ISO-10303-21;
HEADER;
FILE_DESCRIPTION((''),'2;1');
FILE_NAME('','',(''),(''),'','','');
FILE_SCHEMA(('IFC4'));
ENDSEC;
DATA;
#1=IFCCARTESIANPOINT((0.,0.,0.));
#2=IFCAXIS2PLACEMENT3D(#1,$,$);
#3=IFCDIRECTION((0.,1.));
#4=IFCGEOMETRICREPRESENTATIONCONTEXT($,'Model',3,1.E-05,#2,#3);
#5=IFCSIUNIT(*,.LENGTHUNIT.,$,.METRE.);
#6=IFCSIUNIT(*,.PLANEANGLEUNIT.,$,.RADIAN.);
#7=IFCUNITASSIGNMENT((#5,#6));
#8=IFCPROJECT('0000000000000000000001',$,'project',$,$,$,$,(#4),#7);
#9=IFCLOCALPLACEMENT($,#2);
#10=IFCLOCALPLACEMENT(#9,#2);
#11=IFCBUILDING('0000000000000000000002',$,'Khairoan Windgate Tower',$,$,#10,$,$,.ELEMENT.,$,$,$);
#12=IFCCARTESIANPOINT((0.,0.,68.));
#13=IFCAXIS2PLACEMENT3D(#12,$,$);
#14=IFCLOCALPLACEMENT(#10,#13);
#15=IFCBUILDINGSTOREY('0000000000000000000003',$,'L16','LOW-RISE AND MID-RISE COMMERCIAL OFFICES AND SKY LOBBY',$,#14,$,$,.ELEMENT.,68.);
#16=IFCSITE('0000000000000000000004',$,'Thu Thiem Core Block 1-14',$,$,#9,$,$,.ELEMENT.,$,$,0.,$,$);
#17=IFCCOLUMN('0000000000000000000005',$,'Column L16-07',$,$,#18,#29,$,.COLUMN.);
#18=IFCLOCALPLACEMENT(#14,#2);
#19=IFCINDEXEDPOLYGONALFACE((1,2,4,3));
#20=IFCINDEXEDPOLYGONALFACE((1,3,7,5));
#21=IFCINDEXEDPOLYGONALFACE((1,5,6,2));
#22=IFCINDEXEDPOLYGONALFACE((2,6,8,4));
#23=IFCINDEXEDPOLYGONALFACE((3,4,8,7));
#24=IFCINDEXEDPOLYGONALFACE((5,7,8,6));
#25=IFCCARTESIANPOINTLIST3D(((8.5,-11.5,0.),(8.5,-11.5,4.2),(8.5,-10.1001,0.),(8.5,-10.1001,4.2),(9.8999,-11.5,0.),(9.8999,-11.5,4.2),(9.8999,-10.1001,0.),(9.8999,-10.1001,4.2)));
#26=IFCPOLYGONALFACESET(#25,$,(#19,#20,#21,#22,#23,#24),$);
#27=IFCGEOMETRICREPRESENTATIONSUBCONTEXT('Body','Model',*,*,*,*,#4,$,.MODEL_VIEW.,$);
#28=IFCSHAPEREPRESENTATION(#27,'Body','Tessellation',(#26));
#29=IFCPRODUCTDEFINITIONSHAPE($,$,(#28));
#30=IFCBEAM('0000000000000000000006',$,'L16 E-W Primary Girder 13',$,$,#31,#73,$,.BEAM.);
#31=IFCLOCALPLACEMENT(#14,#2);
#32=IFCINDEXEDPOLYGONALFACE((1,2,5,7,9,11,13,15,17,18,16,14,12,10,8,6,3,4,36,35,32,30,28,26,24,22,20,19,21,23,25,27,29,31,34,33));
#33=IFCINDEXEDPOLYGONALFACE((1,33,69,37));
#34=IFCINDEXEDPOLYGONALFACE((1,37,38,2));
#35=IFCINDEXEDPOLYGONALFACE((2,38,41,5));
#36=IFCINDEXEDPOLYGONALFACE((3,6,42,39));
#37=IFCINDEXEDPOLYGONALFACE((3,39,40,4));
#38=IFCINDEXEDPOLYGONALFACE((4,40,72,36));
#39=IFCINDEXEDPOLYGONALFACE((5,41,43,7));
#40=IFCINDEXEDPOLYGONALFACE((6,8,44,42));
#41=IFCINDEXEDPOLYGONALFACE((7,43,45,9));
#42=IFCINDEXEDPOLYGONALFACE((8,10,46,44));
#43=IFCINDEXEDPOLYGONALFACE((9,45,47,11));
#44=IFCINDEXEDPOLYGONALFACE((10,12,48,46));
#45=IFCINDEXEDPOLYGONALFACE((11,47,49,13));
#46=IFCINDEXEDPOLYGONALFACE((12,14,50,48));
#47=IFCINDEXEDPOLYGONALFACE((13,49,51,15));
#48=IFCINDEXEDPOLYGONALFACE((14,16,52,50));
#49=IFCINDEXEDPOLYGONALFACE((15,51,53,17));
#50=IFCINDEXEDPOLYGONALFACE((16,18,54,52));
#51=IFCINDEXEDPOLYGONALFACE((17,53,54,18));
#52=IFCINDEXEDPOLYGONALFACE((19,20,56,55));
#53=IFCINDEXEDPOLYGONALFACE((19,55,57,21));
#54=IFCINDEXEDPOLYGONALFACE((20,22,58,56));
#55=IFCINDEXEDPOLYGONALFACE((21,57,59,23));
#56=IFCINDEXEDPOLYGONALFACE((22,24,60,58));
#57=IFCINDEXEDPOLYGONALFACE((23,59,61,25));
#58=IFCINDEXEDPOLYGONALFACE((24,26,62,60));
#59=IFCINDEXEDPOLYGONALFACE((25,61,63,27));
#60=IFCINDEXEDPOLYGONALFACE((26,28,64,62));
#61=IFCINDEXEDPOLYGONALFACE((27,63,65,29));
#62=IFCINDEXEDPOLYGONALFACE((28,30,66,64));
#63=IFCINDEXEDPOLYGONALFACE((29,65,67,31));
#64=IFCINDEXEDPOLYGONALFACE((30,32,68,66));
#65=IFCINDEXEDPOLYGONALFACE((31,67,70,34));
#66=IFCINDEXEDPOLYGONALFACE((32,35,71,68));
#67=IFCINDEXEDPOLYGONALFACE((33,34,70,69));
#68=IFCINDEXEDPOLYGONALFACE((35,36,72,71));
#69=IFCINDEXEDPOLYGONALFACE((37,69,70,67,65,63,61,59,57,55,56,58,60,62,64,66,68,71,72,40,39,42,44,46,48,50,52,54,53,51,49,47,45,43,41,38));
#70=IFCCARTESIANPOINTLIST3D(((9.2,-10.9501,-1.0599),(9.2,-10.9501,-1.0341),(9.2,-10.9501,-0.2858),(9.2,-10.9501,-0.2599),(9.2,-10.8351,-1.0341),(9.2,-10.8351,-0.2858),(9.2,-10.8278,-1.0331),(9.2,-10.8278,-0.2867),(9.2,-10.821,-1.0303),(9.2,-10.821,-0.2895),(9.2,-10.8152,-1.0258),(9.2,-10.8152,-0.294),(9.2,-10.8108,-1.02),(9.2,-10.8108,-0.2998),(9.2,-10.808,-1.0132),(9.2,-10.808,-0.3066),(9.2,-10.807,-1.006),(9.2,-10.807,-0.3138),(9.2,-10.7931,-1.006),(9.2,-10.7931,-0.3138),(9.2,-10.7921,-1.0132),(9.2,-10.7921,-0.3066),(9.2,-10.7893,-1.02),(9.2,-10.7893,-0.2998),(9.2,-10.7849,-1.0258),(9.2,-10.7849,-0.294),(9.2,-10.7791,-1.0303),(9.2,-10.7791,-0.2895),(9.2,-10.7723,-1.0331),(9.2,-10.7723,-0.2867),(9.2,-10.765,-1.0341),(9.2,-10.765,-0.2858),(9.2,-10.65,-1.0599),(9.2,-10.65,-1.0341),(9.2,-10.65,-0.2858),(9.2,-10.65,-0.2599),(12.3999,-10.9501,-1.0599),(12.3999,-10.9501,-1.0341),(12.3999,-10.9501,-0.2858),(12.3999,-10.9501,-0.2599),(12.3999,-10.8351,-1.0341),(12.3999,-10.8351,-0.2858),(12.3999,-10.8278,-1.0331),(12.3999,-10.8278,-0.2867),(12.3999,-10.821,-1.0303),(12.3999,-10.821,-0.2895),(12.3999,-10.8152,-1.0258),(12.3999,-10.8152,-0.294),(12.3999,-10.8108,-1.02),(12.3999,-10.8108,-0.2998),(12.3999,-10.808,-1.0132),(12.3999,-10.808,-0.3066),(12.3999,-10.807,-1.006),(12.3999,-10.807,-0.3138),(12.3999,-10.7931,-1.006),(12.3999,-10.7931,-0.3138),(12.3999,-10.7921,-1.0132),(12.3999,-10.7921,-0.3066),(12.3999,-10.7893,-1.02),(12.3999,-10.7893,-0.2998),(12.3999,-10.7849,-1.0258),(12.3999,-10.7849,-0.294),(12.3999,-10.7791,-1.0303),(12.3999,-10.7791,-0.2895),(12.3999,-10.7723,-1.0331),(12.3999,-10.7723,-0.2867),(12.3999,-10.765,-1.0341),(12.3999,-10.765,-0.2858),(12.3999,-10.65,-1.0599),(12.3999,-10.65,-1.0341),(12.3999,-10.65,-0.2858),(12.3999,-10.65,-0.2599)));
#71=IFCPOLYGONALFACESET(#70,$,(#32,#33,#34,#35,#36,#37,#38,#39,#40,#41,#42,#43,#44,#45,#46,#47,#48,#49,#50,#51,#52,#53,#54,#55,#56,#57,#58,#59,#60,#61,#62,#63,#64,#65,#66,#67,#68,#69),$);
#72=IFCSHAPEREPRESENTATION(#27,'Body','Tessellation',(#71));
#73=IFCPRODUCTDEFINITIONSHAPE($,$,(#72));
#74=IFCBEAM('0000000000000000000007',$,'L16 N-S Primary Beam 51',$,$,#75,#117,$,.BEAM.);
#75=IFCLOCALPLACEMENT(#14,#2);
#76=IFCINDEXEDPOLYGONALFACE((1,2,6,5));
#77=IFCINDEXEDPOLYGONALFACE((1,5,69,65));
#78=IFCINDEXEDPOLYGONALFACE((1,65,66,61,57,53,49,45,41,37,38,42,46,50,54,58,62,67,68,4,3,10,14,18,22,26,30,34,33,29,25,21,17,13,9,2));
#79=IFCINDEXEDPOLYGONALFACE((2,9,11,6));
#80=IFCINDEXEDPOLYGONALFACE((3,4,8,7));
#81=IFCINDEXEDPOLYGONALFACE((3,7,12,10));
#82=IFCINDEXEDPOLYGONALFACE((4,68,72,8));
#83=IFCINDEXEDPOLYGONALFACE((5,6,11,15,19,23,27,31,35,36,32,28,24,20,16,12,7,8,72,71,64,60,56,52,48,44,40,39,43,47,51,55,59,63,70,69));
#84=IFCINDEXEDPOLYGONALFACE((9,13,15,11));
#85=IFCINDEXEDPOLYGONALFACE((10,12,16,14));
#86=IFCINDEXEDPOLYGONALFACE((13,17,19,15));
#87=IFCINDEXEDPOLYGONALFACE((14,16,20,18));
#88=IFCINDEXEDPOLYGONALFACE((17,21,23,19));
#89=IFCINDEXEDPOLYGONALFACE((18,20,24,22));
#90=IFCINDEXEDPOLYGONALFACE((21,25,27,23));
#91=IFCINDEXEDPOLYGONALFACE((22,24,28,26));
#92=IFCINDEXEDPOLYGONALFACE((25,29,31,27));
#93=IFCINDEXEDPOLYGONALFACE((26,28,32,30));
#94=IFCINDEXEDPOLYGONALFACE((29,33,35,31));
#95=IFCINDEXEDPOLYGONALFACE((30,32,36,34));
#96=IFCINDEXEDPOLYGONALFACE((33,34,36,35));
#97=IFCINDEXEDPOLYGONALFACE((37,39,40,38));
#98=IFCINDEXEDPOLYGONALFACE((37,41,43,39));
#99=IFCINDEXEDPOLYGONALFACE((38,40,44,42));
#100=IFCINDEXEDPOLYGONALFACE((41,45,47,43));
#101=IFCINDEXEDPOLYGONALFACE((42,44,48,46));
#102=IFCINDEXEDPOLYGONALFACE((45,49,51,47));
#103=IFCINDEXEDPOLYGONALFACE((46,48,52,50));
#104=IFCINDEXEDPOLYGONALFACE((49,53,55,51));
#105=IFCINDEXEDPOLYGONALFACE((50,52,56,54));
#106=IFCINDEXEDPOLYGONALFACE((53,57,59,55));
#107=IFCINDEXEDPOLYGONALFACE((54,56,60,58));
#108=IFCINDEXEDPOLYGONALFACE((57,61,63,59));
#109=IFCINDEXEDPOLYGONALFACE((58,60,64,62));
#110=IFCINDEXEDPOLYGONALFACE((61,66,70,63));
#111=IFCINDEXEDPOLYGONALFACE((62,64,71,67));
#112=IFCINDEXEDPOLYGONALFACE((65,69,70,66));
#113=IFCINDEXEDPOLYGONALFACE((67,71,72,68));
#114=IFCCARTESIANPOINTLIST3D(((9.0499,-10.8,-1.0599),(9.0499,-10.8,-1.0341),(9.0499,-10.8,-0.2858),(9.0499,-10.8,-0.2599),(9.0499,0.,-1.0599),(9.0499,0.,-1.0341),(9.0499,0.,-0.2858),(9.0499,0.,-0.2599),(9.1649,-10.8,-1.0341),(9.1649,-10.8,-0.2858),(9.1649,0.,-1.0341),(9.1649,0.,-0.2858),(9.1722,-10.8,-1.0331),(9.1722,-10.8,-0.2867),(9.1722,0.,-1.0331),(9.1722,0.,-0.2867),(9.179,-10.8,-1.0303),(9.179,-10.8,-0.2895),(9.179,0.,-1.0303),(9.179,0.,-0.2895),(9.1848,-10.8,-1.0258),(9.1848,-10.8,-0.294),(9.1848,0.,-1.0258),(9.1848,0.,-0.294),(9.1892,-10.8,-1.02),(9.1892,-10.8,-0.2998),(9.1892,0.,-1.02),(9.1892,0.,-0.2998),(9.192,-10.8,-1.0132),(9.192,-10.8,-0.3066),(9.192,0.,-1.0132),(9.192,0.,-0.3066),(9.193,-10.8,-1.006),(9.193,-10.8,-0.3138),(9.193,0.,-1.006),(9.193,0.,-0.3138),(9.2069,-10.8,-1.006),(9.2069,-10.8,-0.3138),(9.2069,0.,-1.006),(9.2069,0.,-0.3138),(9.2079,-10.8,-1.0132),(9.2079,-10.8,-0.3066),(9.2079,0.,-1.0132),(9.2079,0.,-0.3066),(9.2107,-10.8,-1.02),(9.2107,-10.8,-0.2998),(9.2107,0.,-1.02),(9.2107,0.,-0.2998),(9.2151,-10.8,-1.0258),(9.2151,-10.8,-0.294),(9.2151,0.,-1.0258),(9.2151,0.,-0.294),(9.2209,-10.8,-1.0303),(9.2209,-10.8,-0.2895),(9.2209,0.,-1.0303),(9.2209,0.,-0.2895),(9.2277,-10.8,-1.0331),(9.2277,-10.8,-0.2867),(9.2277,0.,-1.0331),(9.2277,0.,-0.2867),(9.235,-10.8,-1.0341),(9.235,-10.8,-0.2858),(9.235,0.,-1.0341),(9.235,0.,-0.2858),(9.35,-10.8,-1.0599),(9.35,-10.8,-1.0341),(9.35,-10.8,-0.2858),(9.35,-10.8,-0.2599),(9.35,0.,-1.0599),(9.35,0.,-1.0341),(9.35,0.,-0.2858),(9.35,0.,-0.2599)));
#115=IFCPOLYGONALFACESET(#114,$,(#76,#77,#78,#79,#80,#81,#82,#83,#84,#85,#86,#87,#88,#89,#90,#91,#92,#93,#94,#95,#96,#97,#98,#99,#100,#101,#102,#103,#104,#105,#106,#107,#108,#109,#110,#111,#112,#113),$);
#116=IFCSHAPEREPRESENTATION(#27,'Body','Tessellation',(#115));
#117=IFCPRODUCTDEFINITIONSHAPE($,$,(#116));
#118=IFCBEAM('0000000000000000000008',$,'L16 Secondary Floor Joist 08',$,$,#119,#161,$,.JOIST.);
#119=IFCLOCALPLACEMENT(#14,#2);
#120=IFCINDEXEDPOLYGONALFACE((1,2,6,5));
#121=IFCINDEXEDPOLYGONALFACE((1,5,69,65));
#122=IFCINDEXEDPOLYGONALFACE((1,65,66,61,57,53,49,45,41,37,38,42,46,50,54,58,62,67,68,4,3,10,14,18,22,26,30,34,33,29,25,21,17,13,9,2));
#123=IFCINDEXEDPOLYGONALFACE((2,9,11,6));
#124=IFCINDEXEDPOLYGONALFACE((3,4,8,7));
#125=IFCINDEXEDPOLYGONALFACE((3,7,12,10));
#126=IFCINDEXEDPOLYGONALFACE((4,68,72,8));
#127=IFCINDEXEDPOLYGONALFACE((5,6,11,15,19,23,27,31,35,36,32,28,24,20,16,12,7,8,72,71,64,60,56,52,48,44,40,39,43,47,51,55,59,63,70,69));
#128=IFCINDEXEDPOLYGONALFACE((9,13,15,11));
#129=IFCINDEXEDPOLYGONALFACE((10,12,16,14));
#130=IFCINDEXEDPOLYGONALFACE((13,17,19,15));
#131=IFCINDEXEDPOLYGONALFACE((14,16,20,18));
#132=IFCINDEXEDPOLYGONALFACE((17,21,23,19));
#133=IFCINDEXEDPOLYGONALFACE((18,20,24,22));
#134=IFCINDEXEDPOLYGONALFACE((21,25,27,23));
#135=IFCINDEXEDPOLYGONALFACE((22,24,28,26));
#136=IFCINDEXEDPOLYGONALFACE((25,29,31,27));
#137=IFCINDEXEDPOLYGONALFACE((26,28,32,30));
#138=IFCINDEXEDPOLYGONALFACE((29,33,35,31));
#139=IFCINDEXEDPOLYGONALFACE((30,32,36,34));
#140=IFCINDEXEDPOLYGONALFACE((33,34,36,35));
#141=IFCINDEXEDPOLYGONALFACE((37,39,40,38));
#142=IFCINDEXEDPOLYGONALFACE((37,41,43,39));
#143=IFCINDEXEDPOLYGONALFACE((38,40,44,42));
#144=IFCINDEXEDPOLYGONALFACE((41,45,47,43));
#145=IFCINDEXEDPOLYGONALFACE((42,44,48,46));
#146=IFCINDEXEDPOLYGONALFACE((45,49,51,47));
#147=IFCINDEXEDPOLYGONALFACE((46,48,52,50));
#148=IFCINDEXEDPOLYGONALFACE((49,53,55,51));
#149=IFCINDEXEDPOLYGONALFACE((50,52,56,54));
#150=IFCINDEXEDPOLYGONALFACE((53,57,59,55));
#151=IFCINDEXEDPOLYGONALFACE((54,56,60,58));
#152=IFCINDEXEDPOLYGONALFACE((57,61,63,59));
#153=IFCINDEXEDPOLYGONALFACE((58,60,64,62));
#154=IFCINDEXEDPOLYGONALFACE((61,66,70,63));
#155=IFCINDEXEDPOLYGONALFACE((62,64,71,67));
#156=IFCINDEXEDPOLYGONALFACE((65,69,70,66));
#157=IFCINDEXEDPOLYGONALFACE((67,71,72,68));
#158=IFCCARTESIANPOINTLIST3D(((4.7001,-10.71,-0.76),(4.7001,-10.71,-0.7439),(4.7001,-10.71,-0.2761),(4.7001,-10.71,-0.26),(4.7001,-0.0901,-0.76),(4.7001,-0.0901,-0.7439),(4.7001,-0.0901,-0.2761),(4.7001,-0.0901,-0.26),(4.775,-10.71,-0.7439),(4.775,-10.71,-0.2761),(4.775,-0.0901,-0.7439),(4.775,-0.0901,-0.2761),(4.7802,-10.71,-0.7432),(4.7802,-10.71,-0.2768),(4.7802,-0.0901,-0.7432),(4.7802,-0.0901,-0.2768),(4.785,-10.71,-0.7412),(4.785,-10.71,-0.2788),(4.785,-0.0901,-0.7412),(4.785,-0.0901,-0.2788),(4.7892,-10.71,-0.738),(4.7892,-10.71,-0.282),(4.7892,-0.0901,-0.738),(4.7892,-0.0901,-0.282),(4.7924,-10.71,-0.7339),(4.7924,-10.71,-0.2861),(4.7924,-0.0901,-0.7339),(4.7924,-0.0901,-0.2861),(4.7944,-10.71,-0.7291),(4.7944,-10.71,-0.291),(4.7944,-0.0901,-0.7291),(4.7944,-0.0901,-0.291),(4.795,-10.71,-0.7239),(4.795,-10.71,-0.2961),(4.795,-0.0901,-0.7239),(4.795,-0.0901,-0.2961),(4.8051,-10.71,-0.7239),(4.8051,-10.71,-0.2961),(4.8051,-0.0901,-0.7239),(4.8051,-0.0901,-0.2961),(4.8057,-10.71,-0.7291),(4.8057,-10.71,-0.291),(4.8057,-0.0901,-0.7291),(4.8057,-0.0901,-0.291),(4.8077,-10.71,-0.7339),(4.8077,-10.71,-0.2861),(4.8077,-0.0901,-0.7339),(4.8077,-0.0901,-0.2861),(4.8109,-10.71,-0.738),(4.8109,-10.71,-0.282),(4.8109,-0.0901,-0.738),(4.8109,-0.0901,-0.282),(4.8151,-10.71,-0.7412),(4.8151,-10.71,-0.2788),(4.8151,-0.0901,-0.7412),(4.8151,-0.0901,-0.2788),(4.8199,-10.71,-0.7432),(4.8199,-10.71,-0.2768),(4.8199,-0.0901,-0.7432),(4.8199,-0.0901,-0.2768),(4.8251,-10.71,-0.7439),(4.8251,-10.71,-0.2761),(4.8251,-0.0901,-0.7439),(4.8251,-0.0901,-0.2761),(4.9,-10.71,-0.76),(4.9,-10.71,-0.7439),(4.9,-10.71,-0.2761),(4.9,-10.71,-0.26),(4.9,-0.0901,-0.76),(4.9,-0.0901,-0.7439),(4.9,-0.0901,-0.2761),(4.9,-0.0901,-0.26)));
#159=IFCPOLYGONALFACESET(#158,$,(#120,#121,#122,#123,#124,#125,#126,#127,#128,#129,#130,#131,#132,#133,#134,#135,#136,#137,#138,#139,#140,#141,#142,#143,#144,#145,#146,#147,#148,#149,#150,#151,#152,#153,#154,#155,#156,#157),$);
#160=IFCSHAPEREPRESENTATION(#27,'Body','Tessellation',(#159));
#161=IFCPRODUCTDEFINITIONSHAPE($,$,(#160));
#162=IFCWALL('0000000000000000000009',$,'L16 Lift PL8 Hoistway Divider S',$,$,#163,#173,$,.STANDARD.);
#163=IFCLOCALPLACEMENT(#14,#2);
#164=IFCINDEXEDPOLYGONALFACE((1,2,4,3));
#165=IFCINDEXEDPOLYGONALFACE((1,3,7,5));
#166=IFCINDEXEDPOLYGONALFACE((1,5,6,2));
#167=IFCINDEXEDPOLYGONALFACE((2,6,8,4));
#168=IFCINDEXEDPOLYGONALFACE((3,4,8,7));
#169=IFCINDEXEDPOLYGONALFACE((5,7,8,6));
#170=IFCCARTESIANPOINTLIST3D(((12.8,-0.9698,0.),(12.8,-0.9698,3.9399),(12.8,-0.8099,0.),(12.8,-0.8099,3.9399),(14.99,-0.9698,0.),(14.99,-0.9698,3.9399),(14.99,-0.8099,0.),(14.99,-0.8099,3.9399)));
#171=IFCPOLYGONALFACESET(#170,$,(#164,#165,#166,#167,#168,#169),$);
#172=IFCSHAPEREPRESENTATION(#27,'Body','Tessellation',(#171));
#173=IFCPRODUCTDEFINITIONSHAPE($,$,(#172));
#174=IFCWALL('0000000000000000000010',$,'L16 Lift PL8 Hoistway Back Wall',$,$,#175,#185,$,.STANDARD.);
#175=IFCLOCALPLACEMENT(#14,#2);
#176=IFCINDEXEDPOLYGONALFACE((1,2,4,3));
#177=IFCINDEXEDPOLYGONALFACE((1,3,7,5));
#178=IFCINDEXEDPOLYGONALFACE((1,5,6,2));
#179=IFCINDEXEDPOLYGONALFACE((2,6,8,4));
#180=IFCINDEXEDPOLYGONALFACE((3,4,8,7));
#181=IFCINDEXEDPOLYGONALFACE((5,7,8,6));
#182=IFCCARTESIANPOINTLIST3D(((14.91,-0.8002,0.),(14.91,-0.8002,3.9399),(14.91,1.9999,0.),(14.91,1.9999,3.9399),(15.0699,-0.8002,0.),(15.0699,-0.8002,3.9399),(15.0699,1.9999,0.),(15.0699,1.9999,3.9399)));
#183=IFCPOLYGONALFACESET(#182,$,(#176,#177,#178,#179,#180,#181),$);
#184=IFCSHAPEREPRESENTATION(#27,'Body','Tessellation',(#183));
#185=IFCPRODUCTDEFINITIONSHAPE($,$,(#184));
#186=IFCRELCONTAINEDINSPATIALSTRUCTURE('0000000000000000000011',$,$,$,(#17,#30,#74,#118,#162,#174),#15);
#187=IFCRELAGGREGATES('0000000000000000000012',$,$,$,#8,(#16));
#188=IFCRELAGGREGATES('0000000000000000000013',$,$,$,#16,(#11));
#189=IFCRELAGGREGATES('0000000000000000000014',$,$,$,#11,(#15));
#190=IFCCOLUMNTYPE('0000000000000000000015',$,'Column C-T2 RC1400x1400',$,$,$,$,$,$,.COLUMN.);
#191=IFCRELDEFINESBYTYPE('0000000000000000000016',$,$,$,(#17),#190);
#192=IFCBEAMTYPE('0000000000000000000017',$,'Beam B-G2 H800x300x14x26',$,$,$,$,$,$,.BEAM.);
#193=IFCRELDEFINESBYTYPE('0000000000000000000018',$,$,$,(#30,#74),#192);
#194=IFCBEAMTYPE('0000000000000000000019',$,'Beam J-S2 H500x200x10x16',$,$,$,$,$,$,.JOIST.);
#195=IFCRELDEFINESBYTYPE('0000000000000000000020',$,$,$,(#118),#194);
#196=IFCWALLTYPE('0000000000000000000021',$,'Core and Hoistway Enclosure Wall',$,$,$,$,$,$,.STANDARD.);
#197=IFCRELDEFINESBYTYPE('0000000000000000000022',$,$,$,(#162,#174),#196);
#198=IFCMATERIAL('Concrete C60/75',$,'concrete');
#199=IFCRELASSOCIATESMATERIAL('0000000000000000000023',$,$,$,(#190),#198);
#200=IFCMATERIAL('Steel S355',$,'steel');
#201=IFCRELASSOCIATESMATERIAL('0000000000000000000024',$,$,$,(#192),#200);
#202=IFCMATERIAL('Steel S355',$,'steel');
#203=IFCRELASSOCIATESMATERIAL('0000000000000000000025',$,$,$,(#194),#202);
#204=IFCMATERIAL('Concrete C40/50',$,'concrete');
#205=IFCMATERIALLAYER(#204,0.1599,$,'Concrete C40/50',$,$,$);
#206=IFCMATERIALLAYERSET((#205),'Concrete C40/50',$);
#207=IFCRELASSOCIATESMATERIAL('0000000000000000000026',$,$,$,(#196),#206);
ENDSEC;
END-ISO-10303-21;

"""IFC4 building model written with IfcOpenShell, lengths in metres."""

from ifc_helpers import new_model, si_unit, direction, frame, frame_2d, origin, origin_2d, place, context, subcontext, project, spatial, rectangle, i_section, extrude, material, layer, layer_set, material_profile, profile_set, type_object, element, save


model = new_model("IFC4")

# Units and contexts
model_context = context("Model", 3, precision=1e-05, world=origin(), true_north=direction((0.0, 1.0)))
body_context = subcontext(model_context, "Body", "Model", "MODEL_VIEW")
ifc_project = project(units=[si_unit("LENGTHUNIT", "METRE"), si_unit("PLANEANGLEUNIT", "RADIAN")], contexts=[model_context])

# Site, building, storey
site_placement = place(None, origin())
site = spatial("IfcSite", under=ifc_project, at=site_placement, Name="Thu Thiem Core Block 1-14", CompositionType="ELEMENT", RefElevation=0.0)
building_placement = place(site_placement, origin())
building = spatial("IfcBuilding", under=site, at=building_placement, Name="Khairoan Windgate Tower", CompositionType="ELEMENT")
storey_placement = place(building_placement, frame((0.0, 0.0, 68.0)))
storey = spatial("IfcBuildingStorey", under=building, at=storey_placement, Name="L16", Description="LOW-RISE AND MID-RISE COMMERCIAL OFFICES AND SKY LOBBY", CompositionType="ELEMENT", Elevation=68.0)

# Column
ifc_material_1 = material(Name="Concrete C60/75", Category="concrete")
ifc_material_profile_1 = material_profile(ifc_material_1, rectangle(XDim=1.3999, YDim=1.3999, at=origin_2d()))
ifc_profile_set_1 = profile_set([ifc_material_profile_1], Name="Concrete C60/75")
column_type = type_object("IfcColumnType", Name="Column C-T2 RC1400x1400", PredefinedType="COLUMN", material=ifc_profile_set_1)
column_placement = place(storey_placement, frame((9.2, -10.8, 0.0), z_axis=(0.0, 0.0, 1.0), x_axis=(1.0, 0.0, 0.0)))
element("IfcColumn", 1, at=column_placement, inside=storey, type_object=column_type, Name="Column L16-07", PredefinedType="COLUMN", context=body_context, shape_type="SweptSolid", body=[
    extrude(rectangle(XDim=1.3999, YDim=1.3999, at=origin_2d()), origin(), (0.0, 0.0, 1.0), 4.2),
])

# Beams
ifc_material_2 = material(Name="Steel S355", Category="steel")
ifc_material_profile_2 = material_profile(ifc_material_2, i_section(OverallWidth=0.3, OverallDepth=0.8, WebThickness=0.0139, FlangeThickness=0.0259, FilletRadius=0.0281, at=origin_2d()))
ifc_profile_set_2 = profile_set([ifc_material_profile_2], Name="Steel S355")
beam_type_1 = type_object("IfcBeamType", Name="Beam B-G2 H800x300x14x26", PredefinedType="BEAM", material=ifc_profile_set_2)
beam_1_placement = place(storey_placement, frame((9.2, -10.8, -0.6599), z_axis=(1.0, 0.0, 0.0), x_axis=(0.0, 1.0, 0.0)))
element("IfcBeam", 2, at=beam_1_placement, inside=storey, type_object=beam_type_1, Name="L16 E-W Primary Girder 13", PredefinedType="BEAM", context=body_context, shape_type="SweptSolid", body=[
    extrude(i_section(OverallWidth=0.3, OverallDepth=0.8, WebThickness=0.0139, FlangeThickness=0.0259, FilletRadius=0.0281, at=origin_2d()), origin(), (0.0, 0.0, 1.0), 3.2),
])
beam_2_placement = place(storey_placement, frame((9.2, -10.8, -0.6599), z_axis=(0.0, 1.0, 0.0), x_axis=(-1.0, 0.0, 0.0)))
element("IfcBeam", 3, at=beam_2_placement, inside=storey, type_object=beam_type_1, Name="L16 N-S Primary Beam 51", PredefinedType="BEAM", context=body_context, shape_type="SweptSolid", body=[
    extrude(i_section(OverallWidth=0.3, OverallDepth=0.8, WebThickness=0.0139, FlangeThickness=0.0259, FilletRadius=0.0281, at=origin_2d()), origin(), (0.0, 0.0, 1.0), 10.8),
])
ifc_material_3 = material(Name="Steel S355", Category="steel")
ifc_material_profile_3 = material_profile(ifc_material_3, i_section(OverallWidth=0.2, OverallDepth=0.5, WebThickness=0.01, FlangeThickness=0.0161, FilletRadius=0.02, at=origin_2d()))
ifc_profile_set_3 = profile_set([ifc_material_profile_3], Name="Steel S355")
beam_type_2 = type_object("IfcBeamType", Name="Beam J-S2 H500x200x10x16", PredefinedType="JOIST", material=ifc_profile_set_3)
beam_3_placement = place(storey_placement, frame((4.8, -10.71, -0.51), z_axis=(0.0, 1.0, 0.0), x_axis=(-1.0, 0.0, 0.0)))
element("IfcBeam", 4, at=beam_3_placement, inside=storey, type_object=beam_type_2, Name="L16 Secondary Floor Joist 08", PredefinedType="JOIST", context=body_context, shape_type="SweptSolid", body=[
    extrude(i_section(OverallWidth=0.2, OverallDepth=0.5, WebThickness=0.01, FlangeThickness=0.0161, FilletRadius=0.02, at=origin_2d()), origin(), (0.0, 0.0, 1.0), 10.6199),
])

# Walls
ifc_material_4 = material(Name="Concrete C40/50", Category="concrete")
ifc_layer_1 = layer(ifc_material_4, 0.1599, Name="Concrete C40/50")
ifc_layer_set_1 = layer_set([ifc_layer_1], Name="Concrete C40/50")
wall_type_1 = type_object("IfcWallType", Name="Core and Hoistway Enclosure Wall", PredefinedType="STANDARD", material=ifc_layer_set_1)
wall_1_placement = place(storey_placement, frame((12.8, -0.8899, 0.0), z_axis=(0.0, 0.0, 1.0), x_axis=(1.0, 0.0, 0.0)))
element("IfcWall", 5, at=wall_1_placement, inside=storey, type_object=wall_type_1, Name="L16 Lift PL8 Hoistway Divider S", PredefinedType="STANDARD", context=body_context, shape_type="SweptSolid", body=[
    extrude(rectangle(XDim=2.1899, YDim=0.1599, at=frame_2d((1.095, 0.0))), origin(), (0.0, 0.0, 1.0), 3.9399),
])
wall_2_placement = place(storey_placement, frame((14.99, -0.8, 0.0), z_axis=(0.0, 0.0, 1.0), x_axis=(0.0, 1.0, 0.0)))
element("IfcWall", 6, at=wall_2_placement, inside=storey, type_object=wall_type_1, Name="L16 Lift PL8 Hoistway Back Wall", PredefinedType="STANDARD", context=body_context, shape_type="SweptSolid", body=[
    extrude(rectangle(XDim=2.8, YDim=0.1599, at=frame_2d((1.3999, 0.0))), origin(), (0.0, 0.0, 1.0), 3.9399),
])

save(model, "model.ifc")
